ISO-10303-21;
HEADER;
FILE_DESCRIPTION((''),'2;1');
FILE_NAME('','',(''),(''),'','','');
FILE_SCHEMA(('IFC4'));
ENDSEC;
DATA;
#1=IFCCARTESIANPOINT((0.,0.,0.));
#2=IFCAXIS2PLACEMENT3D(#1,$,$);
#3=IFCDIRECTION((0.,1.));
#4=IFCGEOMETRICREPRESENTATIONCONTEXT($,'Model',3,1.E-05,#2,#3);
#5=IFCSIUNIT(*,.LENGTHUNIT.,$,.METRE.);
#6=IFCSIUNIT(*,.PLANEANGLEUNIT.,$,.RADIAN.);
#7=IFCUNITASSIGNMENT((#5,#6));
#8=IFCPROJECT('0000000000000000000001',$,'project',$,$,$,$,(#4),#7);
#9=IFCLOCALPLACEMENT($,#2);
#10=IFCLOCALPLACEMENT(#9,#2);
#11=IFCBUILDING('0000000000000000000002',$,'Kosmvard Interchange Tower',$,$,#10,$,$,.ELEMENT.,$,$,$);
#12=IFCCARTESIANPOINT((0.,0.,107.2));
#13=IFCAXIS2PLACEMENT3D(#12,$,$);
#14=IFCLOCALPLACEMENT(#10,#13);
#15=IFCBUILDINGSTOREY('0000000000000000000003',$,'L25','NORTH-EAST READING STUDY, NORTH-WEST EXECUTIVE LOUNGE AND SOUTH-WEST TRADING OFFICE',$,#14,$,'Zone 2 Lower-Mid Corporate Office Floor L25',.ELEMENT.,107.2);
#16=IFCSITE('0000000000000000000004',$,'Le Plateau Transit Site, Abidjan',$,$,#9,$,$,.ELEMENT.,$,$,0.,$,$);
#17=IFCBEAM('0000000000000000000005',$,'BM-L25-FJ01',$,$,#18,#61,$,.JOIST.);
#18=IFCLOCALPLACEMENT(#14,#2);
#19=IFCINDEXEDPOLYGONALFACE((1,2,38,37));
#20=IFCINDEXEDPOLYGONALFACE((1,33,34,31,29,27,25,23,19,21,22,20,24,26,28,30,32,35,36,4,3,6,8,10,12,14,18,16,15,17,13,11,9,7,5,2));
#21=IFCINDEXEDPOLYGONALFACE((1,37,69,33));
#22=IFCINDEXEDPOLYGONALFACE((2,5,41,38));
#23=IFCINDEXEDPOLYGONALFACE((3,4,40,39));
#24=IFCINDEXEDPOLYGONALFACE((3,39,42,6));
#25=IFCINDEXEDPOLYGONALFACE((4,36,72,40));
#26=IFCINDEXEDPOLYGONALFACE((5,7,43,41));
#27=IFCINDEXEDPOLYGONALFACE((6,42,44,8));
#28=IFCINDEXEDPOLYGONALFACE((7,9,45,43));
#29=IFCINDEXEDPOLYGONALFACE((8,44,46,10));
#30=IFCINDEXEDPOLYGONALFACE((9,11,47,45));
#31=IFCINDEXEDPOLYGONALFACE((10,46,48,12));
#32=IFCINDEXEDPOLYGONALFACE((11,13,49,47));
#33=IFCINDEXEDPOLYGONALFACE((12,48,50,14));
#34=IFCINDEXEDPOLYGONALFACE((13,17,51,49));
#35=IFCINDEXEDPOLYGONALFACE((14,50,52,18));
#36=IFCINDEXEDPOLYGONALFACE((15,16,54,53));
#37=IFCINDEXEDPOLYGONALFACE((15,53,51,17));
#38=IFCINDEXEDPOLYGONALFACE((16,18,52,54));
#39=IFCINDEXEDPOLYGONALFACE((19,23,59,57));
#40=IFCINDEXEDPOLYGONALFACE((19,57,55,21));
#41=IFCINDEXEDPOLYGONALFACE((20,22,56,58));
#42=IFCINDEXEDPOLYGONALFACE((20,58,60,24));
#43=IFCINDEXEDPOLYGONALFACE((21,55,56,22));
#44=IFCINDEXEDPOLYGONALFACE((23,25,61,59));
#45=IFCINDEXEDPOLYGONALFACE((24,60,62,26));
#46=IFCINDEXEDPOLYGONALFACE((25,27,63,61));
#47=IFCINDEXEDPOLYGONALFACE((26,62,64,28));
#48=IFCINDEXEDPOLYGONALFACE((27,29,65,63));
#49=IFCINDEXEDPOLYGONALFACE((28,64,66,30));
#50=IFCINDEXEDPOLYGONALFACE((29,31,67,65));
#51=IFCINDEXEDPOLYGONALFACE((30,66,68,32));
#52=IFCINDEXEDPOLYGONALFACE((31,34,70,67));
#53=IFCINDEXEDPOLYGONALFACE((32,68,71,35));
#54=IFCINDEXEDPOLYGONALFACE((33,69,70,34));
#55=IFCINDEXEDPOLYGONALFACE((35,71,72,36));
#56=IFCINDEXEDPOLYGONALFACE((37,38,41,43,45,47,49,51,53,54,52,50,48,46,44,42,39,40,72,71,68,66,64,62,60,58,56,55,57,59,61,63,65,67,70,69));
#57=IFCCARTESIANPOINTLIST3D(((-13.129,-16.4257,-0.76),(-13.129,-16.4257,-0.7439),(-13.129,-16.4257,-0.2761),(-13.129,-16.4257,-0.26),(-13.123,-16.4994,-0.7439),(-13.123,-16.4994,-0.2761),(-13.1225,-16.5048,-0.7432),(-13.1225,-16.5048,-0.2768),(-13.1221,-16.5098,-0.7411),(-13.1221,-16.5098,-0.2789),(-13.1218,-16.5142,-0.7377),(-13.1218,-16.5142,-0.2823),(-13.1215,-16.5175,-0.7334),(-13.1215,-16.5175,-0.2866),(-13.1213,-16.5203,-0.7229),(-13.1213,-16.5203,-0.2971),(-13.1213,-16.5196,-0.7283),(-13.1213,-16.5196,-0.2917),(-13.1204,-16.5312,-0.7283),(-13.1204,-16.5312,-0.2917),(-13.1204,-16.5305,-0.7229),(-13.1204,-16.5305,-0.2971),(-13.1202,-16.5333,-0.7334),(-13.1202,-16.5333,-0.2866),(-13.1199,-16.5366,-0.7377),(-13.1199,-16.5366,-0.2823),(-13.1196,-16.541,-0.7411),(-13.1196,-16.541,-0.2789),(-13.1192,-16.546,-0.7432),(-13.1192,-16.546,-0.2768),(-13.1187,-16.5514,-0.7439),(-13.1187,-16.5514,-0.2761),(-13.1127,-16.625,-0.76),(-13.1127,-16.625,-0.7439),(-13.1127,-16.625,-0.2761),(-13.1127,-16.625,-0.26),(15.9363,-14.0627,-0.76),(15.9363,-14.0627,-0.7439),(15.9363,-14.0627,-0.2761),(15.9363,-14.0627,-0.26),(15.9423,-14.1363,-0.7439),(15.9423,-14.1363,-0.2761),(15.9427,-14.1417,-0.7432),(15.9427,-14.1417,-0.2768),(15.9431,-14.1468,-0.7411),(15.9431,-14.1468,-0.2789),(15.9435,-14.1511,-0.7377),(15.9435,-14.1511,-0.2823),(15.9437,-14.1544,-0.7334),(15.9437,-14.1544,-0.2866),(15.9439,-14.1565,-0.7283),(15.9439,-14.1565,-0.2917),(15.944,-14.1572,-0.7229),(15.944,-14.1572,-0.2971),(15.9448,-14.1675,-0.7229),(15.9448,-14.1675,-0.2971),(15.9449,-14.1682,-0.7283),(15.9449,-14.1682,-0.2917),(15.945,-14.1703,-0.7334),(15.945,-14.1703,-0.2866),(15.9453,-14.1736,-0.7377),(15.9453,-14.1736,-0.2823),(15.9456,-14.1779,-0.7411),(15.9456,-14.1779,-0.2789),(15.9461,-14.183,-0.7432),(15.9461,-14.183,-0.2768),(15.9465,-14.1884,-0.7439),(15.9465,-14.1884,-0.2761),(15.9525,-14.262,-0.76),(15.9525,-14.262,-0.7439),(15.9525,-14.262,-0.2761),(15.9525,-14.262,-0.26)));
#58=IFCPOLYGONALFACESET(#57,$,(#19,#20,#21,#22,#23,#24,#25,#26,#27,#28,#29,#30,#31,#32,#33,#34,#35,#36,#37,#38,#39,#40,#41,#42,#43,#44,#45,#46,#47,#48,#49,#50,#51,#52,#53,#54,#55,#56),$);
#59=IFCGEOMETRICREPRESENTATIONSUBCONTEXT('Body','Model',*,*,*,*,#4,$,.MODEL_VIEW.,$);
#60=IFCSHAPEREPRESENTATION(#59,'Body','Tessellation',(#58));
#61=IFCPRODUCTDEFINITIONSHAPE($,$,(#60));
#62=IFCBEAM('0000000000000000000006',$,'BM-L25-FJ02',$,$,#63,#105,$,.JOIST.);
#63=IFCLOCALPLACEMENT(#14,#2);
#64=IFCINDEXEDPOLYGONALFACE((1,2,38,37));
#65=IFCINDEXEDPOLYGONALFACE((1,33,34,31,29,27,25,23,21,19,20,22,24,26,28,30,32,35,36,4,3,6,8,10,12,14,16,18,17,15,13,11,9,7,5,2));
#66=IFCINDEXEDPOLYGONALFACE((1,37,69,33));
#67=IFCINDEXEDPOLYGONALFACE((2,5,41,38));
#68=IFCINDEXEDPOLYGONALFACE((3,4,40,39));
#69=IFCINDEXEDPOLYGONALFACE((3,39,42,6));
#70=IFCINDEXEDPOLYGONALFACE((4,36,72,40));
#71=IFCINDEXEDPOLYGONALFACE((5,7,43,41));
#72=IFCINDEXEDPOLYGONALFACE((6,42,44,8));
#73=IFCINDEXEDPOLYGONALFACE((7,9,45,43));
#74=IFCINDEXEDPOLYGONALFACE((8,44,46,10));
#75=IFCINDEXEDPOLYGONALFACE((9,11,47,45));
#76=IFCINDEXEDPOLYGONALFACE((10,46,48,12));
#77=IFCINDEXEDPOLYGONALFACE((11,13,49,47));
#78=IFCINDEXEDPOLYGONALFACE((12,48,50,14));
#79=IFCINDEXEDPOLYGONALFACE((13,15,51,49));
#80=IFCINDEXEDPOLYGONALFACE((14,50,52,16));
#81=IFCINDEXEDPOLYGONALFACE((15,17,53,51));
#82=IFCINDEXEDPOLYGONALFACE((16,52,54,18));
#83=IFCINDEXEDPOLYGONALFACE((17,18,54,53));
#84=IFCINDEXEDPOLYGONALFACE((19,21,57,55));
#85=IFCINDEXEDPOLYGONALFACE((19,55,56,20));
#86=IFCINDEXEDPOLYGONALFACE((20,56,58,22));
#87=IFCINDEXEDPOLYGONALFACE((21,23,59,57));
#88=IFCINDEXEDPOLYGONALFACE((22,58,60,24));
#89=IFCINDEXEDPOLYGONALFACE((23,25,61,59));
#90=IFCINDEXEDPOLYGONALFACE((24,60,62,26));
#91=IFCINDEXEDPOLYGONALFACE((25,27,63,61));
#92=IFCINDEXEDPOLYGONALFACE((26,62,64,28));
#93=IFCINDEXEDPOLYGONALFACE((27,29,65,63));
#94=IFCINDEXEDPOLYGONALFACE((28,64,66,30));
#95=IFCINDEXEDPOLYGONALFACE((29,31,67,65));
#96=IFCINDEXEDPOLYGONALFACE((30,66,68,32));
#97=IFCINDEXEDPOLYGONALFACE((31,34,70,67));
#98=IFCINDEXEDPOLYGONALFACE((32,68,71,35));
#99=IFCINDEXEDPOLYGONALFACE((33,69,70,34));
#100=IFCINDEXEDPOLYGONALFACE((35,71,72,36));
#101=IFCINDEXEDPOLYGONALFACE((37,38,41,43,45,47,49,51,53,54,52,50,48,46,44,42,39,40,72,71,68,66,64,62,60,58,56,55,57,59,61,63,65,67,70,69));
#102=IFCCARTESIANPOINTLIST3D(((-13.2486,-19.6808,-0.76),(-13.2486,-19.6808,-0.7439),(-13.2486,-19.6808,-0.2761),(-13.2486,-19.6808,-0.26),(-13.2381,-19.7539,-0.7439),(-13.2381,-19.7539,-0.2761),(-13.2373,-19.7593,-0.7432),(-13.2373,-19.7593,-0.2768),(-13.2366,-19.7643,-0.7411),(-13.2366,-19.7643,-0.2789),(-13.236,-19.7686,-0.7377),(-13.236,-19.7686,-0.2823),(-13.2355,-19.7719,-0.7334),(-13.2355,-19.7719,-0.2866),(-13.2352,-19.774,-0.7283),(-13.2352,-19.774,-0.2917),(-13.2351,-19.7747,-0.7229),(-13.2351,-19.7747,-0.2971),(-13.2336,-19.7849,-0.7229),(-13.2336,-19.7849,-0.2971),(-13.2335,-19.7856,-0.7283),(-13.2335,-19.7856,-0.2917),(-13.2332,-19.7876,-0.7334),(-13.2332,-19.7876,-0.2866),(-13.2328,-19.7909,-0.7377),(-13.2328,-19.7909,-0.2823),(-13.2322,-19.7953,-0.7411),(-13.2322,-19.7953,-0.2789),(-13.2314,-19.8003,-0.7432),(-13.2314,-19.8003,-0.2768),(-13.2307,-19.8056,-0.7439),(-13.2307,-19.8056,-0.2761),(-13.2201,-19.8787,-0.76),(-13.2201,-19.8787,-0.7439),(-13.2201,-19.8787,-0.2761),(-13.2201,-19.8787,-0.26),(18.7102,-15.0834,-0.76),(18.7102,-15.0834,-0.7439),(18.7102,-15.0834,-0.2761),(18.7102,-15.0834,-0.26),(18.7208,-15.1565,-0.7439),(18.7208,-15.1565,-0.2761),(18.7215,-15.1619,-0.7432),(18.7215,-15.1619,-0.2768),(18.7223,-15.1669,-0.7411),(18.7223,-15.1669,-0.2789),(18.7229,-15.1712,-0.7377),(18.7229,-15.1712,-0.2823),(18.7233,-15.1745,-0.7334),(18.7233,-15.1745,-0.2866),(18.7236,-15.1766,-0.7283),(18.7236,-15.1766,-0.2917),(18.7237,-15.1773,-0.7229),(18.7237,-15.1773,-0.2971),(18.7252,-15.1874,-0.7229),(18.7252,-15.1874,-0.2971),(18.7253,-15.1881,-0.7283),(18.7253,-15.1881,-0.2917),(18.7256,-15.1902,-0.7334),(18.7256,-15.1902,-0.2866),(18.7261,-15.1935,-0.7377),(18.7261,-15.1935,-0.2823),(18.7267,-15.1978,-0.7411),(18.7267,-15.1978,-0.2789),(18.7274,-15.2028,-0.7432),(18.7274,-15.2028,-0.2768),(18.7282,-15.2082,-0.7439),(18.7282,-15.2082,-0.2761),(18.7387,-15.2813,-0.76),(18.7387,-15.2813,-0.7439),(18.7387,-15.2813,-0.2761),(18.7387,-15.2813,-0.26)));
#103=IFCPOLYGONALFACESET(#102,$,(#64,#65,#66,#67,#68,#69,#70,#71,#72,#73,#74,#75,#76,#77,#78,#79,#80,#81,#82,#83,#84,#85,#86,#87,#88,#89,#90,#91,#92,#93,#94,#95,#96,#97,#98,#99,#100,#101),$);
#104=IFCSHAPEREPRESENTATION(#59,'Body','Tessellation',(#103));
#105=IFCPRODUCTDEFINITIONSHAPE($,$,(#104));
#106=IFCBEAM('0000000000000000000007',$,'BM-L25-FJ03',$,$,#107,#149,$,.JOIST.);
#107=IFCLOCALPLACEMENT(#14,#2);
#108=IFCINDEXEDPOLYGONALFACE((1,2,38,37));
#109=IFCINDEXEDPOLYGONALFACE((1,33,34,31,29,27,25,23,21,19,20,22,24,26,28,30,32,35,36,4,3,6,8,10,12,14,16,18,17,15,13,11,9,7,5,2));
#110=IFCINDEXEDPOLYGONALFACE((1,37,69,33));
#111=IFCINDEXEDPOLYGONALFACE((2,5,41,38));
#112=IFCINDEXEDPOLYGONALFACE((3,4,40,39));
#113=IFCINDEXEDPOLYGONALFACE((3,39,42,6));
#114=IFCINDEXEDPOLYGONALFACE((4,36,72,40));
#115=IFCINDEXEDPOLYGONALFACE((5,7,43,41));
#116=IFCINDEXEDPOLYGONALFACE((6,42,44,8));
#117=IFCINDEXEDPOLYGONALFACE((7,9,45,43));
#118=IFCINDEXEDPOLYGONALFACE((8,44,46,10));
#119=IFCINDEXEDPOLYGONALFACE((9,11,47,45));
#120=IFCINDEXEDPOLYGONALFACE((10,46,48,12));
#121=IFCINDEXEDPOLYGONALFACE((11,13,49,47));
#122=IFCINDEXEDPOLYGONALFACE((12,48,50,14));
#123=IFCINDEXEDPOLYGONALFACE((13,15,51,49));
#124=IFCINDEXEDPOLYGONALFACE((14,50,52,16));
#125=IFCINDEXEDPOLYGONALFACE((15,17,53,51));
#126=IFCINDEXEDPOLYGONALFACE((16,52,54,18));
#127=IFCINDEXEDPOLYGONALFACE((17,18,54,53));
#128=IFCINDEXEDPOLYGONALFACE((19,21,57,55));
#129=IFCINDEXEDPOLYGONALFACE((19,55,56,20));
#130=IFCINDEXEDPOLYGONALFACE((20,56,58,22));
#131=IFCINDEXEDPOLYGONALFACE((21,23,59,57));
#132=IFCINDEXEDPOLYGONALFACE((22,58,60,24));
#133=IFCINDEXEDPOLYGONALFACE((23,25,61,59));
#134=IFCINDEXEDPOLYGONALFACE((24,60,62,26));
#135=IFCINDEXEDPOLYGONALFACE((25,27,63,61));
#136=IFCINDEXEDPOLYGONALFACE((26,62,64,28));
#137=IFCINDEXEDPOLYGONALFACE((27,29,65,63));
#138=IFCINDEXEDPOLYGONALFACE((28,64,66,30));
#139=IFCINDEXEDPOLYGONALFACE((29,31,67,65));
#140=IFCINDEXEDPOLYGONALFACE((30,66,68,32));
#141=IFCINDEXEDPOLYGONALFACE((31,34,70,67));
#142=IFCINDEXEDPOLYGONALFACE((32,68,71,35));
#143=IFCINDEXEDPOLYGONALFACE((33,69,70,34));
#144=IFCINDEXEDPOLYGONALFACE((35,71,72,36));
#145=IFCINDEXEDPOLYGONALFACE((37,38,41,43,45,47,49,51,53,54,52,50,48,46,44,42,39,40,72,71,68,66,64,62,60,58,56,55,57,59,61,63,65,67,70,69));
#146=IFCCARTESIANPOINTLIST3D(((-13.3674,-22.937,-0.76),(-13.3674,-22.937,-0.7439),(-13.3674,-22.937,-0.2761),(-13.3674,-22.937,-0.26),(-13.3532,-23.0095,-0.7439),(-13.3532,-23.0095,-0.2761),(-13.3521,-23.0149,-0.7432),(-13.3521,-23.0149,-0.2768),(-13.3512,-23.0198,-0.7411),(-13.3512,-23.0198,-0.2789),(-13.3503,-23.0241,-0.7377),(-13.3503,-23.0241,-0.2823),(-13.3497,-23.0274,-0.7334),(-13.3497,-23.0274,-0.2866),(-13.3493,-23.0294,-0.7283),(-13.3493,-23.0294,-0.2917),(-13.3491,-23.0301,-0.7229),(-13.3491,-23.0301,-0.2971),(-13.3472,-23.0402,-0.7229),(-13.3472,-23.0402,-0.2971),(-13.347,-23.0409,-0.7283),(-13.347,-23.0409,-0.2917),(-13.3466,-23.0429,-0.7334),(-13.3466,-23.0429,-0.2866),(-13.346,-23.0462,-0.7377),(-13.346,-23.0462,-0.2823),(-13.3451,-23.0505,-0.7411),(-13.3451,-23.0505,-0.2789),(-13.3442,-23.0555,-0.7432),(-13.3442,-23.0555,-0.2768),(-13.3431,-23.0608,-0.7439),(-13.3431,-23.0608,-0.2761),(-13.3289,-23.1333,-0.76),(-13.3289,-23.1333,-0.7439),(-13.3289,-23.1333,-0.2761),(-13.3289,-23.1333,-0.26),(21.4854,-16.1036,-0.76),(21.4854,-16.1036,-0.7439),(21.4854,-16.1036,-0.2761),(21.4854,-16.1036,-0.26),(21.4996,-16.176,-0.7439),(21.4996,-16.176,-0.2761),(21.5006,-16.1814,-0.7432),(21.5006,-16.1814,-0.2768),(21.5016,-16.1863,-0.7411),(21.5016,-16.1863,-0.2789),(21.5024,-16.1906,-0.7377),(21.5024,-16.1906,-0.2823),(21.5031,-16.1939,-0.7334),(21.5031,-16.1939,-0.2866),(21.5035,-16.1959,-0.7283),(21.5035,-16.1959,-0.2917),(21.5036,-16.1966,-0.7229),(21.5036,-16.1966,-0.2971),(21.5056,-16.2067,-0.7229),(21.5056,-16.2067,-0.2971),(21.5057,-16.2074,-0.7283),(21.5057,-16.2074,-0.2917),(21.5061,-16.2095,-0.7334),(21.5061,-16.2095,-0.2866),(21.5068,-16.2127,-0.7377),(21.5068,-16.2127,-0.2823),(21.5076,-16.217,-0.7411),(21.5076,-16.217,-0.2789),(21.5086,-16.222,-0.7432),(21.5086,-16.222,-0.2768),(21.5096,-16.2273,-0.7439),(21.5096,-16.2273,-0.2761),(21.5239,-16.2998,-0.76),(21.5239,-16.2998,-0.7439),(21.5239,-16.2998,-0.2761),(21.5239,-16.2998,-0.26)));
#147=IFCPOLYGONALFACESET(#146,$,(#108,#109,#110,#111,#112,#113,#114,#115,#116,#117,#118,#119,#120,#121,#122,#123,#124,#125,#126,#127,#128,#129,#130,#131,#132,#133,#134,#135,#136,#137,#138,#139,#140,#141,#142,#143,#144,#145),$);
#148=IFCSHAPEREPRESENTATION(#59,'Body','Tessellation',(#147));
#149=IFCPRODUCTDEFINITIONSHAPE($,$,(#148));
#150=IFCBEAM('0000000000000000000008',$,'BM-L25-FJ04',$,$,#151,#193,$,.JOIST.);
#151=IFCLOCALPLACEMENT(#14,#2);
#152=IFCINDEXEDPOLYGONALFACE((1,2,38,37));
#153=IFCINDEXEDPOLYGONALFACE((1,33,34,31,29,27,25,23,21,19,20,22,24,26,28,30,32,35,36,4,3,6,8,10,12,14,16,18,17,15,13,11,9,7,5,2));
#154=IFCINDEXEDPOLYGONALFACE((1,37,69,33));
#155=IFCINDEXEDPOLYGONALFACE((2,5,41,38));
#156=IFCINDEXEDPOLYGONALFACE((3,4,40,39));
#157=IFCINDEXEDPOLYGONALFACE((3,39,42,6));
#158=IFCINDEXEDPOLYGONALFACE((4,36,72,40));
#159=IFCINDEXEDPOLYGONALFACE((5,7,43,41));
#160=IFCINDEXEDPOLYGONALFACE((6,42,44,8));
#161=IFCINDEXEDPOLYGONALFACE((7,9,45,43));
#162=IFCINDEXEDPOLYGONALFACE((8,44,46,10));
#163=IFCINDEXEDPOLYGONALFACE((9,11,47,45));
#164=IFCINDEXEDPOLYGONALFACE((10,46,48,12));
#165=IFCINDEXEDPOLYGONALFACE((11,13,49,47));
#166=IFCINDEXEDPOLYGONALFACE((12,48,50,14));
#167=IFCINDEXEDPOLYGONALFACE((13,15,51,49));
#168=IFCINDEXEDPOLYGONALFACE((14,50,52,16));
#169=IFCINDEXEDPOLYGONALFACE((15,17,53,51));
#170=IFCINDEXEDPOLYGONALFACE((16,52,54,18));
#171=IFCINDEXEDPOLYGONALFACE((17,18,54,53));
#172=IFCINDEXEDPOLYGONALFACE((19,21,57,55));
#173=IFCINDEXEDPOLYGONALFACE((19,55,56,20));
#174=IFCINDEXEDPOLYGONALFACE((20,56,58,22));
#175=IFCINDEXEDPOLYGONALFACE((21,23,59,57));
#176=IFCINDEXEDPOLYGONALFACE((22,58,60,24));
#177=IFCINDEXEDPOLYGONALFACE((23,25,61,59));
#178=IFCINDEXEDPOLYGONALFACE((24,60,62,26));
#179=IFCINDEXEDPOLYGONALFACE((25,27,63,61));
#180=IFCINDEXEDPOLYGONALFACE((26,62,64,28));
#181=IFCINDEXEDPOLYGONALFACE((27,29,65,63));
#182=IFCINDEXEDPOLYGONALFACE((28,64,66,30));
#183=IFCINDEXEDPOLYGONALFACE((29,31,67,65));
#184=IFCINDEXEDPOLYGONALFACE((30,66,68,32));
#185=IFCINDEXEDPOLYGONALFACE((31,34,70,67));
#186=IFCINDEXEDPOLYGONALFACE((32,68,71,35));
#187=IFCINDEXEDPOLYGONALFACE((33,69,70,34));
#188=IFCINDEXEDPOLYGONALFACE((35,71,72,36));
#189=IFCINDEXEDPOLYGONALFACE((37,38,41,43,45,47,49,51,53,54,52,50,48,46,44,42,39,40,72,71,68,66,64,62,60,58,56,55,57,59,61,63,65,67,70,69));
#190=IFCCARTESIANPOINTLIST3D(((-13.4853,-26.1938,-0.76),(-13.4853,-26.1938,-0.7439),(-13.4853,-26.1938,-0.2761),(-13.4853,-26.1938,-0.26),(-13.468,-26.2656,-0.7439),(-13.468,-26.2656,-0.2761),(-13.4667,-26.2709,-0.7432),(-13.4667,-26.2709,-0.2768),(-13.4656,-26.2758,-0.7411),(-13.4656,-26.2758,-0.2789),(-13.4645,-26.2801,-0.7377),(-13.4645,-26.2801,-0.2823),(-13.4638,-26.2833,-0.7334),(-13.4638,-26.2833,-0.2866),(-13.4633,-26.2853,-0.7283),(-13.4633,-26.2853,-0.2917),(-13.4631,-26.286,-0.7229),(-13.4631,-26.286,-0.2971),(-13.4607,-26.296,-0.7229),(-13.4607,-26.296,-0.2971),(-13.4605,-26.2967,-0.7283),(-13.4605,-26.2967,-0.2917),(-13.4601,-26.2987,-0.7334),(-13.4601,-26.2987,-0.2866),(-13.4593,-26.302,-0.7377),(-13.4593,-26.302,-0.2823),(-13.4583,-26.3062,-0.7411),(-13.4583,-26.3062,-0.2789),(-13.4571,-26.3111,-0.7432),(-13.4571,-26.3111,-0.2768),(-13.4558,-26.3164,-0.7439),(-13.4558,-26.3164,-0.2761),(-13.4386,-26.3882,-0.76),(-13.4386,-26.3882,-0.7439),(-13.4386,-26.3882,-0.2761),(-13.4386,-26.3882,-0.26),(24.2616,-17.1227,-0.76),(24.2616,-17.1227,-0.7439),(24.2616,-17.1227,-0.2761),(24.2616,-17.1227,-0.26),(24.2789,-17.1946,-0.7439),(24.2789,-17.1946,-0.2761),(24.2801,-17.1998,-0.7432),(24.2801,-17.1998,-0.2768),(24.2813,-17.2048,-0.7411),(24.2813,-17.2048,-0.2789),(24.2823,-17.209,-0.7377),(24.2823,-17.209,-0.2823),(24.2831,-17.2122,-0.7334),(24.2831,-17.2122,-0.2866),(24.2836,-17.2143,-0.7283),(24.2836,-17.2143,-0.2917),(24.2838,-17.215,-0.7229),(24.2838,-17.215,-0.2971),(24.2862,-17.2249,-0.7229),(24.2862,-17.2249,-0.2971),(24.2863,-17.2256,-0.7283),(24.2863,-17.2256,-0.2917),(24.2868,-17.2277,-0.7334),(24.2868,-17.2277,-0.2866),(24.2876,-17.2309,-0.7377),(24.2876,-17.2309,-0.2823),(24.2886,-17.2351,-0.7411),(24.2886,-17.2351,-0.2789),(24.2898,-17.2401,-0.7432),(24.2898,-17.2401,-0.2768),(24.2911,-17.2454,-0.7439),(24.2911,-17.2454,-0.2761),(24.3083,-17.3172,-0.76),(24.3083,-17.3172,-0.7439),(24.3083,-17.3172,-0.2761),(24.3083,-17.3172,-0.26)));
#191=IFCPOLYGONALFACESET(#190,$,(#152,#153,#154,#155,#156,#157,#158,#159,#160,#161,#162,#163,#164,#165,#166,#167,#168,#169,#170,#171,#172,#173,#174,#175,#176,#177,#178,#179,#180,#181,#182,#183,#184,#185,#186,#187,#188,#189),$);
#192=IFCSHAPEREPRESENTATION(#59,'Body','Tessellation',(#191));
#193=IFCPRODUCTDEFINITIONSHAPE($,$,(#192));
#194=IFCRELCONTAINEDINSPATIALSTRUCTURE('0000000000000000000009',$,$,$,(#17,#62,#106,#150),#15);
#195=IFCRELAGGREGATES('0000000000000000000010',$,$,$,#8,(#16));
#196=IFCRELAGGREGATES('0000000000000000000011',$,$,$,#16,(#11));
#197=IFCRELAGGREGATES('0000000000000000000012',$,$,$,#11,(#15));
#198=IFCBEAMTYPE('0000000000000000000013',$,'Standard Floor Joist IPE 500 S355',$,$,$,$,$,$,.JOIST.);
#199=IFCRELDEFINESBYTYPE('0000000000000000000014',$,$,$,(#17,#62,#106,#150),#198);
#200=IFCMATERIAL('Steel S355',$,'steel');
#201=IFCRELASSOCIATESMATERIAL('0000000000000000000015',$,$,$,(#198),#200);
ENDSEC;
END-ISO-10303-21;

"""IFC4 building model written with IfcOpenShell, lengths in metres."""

from ifc_helpers import new_model, si_unit, direction, frame, origin, origin_2d, place, context, subcontext, project, spatial, i_section, extrude, source, transform, mapped, material, material_profile, profile_set, type_object, element, save


model = new_model("IFC4")

# Units and contexts
model_context = context("Model", 3, precision=1e-05, world=origin(), true_north=direction((0.0, 1.0)))
body_context = subcontext(model_context, "Body", "Model", "MODEL_VIEW")
ifc_project = project(units=[si_unit("LENGTHUNIT", "METRE"), si_unit("PLANEANGLEUNIT", "RADIAN")], contexts=[model_context])

# Site, building, storey
site_placement = place(None, origin())
site = spatial("IfcSite", under=ifc_project, at=site_placement, Name="Le Plateau Transit Site, Abidjan", CompositionType="ELEMENT", RefElevation=0.0)
building_placement = place(site_placement, origin())
building = spatial("IfcBuilding", under=site, at=building_placement, Name="Kosmvard Interchange Tower", CompositionType="ELEMENT")
storey_placement = place(building_placement, frame((0.0, 0.0, 107.2)))
storey = spatial("IfcBuildingStorey", under=building, at=storey_placement, Name="L25", Description="NORTH-EAST READING STUDY, NORTH-WEST EXECUTIVE LOUNGE AND SOUTH-WEST TRADING OFFICE", LongName="Zone 2 Lower-Mid Corporate Office Floor L25", CompositionType="ELEMENT", Elevation=107.2)

# Beams
ifc_material_1 = material(Name="Steel S355", Category="steel")
ifc_material_profile_1 = material_profile(ifc_material_1, i_section(OverallWidth=0.2, OverallDepth=0.5, WebThickness=0.0103, FlangeThickness=0.0161, FilletRadius=0.021, at=origin_2d()), Name="IPE 500")
ifc_profile_set_1 = profile_set([ifc_material_profile_1], Name="Steel S355")
beam_type_1 = type_object("IfcBeamType", Name="Standard Floor Joist IPE 500 S355", PredefinedType="JOIST", material=ifc_profile_set_1)
shared_shape_1 = source(origin(), body_context, "Body", "SweptSolid", [
    extrude(i_section(OverallWidth=0.2, OverallDepth=0.5, WebThickness=0.0103, FlangeThickness=0.0161, FilletRadius=0.021, at=origin_2d()), origin(), (0.0, 0.0, 1.0), 29.1611),
])
beam_1_placement = place(storey_placement, frame((-13.1208, -16.5254, -0.51), z_axis=(0.996711, 0.081034, 0.0), x_axis=(-0.081034, 0.996711, 0.0)))
element("IfcBeam", 1, at=beam_1_placement, inside=storey, type_object=beam_type_1, Name="BM-L25-FJ01", PredefinedType="JOIST", context=body_context, shape_type="MappedRepresentation", body=[
    mapped(shared_shape_1, transform((0.0, 0.0, 0.0), scale=1.0)),
])
shared_shape_2 = source(origin(), body_context, "Body", "SweptSolid", [
    extrude(i_section(OverallWidth=0.2, OverallDepth=0.5, WebThickness=0.0103, FlangeThickness=0.0161, FilletRadius=0.021, at=origin_2d()), origin(), (0.0, 0.0, 1.0), 32.2878),
])
beam_2_placement = place(storey_placement, frame((-13.2344, -19.7798, -0.51), z_axis=(0.989811, 0.142389, 0.0), x_axis=(-0.142389, 0.989811, 0.0)))
element("IfcBeam", 2, at=beam_2_placement, inside=storey, type_object=beam_type_1, Name="BM-L25-FJ02", PredefinedType="JOIST", context=body_context, shape_type="MappedRepresentation", body=[
    mapped(shared_shape_2, transform((0.0, 0.0, 0.0), scale=1.0)),
])
shared_shape_3 = source(origin(), body_context, "Body", "SweptSolid", [
    extrude(i_section(OverallWidth=0.2, OverallDepth=0.5, WebThickness=0.0103, FlangeThickness=0.0161, FilletRadius=0.021, at=origin_2d()), origin(), (0.0, 0.0, 1.0), 35.5164),
])
beam_3_placement = place(storey_placement, frame((-13.3481, -23.0352, -0.51), z_axis=(0.981316, 0.192404, 0.0), x_axis=(-0.192404, 0.981316, 0.0)))
element("IfcBeam", 3, at=beam_3_placement, inside=storey, type_object=beam_type_1, Name="BM-L25-FJ03", PredefinedType="JOIST", context=body_context, shape_type="MappedRepresentation", body=[
    mapped(shared_shape_3, transform((0.0, 0.0, 0.0), scale=1.0)),
])
shared_shape_4 = source(origin(), body_context, "Body", "SweptSolid", [
    extrude(i_section(OverallWidth=0.2, OverallDepth=0.5, WebThickness=0.0103, FlangeThickness=0.0161, FilletRadius=0.021, at=origin_2d()), origin(), (0.0, 0.0, 1.0), 38.8215),
])
beam_4_placement = place(storey_placement, frame((-13.4619, -26.291, -0.51), z_axis=(0.972318, 0.233661, 0.0), x_axis=(-0.233661, 0.972318, 0.0)))
element("IfcBeam", 4, at=beam_4_placement, inside=storey, type_object=beam_type_1, Name="BM-L25-FJ04", PredefinedType="JOIST", context=body_context, shape_type="MappedRepresentation", body=[
    mapped(shared_shape_4, transform((0.0, 0.0, 0.0), scale=1.0)),
])

save(model, "model.ifc")
